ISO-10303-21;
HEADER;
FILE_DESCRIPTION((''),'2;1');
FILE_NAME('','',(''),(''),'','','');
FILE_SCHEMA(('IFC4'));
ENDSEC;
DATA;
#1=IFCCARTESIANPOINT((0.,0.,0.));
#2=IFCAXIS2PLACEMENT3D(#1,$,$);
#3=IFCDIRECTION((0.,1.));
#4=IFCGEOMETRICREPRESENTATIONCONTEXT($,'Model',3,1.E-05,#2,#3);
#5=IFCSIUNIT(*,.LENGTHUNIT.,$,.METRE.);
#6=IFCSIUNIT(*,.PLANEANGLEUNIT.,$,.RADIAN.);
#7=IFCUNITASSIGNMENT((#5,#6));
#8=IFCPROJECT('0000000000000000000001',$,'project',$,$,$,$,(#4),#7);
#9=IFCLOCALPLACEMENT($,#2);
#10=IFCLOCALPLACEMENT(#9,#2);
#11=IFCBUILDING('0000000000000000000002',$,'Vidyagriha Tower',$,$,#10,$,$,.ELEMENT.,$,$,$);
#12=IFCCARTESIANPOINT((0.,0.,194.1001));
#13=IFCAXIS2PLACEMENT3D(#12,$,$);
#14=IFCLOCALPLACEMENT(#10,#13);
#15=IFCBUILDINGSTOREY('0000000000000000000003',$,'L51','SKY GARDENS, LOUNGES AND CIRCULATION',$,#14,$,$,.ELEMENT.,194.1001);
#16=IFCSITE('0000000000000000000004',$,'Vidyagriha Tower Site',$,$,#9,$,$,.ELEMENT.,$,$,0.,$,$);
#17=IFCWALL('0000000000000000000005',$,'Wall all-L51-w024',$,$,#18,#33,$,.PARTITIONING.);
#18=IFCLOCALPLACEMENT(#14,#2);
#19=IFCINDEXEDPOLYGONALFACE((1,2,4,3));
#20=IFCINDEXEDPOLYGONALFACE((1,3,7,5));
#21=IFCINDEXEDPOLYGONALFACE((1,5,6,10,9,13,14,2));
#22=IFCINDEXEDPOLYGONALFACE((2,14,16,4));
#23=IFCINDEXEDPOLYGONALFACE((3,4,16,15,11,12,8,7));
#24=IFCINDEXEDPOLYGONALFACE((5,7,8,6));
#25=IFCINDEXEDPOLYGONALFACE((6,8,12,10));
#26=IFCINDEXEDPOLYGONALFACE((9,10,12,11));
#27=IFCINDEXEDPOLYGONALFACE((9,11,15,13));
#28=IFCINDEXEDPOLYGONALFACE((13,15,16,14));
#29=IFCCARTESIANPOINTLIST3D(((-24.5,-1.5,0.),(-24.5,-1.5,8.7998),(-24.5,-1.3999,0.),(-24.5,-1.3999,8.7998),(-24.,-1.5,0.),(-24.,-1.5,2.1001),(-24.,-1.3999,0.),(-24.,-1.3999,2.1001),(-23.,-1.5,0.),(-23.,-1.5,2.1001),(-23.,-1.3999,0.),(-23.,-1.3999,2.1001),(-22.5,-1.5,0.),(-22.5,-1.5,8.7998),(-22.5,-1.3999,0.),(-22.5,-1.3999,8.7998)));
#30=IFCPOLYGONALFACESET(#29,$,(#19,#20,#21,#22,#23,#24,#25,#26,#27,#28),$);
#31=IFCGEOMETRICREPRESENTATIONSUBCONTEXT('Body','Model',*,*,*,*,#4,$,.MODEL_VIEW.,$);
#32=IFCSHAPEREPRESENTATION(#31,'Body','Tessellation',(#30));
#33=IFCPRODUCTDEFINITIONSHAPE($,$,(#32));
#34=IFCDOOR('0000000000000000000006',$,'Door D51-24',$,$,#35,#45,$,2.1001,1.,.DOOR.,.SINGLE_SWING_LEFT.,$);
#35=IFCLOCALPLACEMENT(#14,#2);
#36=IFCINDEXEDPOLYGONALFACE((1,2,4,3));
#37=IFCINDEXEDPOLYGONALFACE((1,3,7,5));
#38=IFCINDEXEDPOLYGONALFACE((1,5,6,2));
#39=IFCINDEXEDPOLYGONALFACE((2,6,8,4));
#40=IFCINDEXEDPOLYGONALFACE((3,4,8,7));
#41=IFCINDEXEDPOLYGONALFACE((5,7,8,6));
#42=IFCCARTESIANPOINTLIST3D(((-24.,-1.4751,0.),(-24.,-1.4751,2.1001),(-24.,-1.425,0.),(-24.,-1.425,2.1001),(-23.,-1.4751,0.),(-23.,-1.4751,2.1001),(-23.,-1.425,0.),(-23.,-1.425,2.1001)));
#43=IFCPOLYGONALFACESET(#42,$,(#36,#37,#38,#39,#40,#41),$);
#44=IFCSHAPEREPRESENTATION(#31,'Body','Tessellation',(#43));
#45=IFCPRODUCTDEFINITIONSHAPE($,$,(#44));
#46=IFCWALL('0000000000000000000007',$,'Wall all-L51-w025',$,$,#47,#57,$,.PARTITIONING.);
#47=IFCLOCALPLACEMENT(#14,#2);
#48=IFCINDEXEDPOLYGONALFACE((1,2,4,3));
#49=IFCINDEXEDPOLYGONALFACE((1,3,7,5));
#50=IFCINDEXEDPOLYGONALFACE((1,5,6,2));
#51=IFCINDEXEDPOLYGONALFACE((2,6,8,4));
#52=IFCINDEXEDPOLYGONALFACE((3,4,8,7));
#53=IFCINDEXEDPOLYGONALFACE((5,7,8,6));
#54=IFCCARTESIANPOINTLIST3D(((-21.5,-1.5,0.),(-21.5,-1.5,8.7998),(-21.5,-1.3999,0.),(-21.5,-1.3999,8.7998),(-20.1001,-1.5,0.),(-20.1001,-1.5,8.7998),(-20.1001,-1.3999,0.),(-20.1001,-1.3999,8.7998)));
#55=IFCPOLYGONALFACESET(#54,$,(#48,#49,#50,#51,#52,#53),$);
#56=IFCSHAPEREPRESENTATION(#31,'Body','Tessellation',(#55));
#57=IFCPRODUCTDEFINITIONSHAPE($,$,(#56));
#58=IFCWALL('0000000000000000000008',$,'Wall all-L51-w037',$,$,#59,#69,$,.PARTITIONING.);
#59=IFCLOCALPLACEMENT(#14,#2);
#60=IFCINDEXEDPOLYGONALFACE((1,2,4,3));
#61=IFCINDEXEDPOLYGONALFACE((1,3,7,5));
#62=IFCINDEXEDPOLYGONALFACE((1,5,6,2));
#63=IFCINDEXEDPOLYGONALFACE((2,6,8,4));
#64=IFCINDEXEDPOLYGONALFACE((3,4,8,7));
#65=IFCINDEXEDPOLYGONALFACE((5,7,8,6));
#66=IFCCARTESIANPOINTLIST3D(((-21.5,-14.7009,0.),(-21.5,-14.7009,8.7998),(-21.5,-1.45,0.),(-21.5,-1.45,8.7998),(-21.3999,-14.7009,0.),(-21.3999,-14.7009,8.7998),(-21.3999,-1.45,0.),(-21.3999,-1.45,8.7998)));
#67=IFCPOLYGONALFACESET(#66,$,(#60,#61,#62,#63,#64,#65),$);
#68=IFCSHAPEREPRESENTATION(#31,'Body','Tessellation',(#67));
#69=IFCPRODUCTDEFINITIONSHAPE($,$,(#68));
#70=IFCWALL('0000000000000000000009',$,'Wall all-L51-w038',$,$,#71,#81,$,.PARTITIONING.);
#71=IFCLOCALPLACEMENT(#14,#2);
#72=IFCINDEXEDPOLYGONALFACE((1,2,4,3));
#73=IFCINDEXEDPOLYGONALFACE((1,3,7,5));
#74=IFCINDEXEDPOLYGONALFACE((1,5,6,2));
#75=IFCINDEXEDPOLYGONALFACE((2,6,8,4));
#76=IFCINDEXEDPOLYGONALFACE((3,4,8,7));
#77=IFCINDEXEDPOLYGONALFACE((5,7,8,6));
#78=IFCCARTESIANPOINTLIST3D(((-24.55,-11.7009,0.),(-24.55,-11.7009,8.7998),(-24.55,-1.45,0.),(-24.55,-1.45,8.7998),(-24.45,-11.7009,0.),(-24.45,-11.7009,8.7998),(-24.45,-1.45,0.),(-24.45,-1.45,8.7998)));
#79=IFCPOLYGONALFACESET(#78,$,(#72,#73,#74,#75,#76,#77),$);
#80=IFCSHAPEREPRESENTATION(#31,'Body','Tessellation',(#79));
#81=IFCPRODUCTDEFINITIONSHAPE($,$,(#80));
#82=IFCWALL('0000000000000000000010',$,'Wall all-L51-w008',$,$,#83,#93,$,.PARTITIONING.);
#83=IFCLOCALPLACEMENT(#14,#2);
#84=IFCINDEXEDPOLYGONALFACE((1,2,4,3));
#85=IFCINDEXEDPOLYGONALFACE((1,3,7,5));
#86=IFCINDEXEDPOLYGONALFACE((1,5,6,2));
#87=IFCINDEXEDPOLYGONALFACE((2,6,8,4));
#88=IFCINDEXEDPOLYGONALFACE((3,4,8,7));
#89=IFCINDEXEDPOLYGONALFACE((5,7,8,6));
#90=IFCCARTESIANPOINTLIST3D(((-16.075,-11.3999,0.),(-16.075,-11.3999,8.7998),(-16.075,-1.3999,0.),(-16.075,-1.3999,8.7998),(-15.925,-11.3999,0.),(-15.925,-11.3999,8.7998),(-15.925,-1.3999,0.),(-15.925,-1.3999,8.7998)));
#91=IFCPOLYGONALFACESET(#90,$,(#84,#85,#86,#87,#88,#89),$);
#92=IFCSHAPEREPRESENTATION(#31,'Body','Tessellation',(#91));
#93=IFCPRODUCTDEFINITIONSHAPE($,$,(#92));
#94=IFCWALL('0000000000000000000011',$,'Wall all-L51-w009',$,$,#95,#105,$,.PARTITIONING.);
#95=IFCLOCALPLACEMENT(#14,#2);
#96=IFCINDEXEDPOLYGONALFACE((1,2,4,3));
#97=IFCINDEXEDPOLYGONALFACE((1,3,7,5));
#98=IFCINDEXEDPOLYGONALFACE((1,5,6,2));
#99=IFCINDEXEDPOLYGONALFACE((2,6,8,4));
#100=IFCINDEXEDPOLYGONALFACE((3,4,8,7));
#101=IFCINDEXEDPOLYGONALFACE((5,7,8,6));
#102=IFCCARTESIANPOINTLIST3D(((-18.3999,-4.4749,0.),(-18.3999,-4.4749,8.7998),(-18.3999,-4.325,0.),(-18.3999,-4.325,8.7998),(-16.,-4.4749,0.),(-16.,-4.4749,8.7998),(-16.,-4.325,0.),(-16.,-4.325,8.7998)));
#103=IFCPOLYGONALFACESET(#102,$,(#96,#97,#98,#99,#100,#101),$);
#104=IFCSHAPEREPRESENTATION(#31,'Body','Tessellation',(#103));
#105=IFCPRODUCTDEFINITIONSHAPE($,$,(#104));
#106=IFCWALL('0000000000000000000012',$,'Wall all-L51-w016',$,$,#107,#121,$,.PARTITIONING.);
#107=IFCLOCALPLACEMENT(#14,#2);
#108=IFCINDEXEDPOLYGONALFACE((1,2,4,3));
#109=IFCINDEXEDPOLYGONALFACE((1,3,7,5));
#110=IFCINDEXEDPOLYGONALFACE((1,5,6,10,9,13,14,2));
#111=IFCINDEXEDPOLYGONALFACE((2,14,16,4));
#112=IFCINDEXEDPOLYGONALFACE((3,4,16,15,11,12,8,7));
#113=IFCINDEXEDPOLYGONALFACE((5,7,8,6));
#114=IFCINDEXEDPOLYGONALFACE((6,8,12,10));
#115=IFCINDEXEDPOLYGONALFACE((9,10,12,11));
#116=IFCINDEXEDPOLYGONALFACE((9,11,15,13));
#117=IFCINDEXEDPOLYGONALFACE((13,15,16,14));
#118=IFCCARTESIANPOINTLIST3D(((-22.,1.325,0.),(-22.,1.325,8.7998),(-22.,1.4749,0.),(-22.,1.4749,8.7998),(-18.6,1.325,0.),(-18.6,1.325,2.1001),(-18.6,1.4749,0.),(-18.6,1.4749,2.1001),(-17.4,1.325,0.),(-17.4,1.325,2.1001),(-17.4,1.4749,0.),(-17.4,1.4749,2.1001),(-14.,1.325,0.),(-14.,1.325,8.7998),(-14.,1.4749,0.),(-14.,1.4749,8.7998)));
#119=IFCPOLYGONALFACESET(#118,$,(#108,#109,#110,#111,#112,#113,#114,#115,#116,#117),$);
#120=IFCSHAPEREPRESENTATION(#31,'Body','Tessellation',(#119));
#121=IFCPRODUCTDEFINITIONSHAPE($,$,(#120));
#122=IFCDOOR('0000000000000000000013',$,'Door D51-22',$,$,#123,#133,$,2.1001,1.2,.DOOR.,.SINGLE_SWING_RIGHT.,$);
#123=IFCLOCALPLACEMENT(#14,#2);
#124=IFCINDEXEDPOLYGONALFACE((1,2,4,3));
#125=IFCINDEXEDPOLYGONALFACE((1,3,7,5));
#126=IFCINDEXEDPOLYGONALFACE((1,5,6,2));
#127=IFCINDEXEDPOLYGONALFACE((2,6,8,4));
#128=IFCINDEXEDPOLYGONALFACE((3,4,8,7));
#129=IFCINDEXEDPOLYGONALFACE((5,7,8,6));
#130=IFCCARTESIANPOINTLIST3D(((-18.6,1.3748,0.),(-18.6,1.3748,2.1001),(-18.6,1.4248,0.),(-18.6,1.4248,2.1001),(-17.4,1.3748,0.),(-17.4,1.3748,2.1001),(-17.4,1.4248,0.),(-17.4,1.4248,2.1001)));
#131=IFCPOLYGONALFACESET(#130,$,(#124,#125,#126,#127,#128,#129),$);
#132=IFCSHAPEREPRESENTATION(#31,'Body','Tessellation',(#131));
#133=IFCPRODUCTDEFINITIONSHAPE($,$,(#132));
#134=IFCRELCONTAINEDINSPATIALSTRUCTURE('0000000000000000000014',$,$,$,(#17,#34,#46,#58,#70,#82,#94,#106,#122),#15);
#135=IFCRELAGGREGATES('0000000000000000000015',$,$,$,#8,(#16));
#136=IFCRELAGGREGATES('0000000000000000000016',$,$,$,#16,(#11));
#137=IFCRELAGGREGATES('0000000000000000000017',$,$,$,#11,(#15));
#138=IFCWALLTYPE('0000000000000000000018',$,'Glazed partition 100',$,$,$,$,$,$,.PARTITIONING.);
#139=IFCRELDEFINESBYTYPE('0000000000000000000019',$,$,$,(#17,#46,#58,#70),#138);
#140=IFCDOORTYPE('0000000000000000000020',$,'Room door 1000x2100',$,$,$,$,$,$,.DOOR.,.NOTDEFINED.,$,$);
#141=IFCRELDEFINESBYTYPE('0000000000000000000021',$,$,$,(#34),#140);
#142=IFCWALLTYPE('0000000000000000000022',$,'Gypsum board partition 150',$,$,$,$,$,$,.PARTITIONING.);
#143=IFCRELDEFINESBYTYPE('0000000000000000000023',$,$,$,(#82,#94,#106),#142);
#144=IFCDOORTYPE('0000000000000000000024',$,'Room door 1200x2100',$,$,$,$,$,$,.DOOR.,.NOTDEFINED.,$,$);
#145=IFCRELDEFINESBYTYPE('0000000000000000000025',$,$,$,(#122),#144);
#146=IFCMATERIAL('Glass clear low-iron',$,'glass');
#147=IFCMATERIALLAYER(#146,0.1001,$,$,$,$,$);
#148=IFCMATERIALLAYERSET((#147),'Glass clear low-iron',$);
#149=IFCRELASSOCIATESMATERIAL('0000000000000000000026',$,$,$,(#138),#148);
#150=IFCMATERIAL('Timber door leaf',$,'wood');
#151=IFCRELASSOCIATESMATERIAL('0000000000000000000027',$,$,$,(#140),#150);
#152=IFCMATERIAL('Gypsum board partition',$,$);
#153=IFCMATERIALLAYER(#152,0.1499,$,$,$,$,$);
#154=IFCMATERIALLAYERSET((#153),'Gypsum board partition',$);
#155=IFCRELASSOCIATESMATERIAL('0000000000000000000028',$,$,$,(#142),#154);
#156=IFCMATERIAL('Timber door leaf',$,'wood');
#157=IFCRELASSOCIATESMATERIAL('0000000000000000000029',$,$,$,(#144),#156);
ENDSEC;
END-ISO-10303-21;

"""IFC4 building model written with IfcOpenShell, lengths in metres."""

from ifc_helpers import new_model, si_unit, direction, frame, frame_2d, origin, place, context, subcontext, project, spatial, rectangle, extrude, material, layer, layer_set, type_object, element, fill, save


model = new_model("IFC4")

# Units and contexts
model_context = context("Model", 3, precision=1e-05, world=origin(), true_north=direction((0.0, 1.0)))
body_context = subcontext(model_context, "Body", "Model", "MODEL_VIEW")
ifc_project = project(units=[si_unit("LENGTHUNIT", "METRE"), si_unit("PLANEANGLEUNIT", "RADIAN")], contexts=[model_context])

# Site, building, storey
site_placement = place(None, origin())
site = spatial("IfcSite", under=ifc_project, at=site_placement, Name="Vidyagriha Tower Site", CompositionType="ELEMENT", RefElevation=0.0)
building_placement = place(site_placement, origin())
building = spatial("IfcBuilding", under=site, at=building_placement, Name="Vidyagriha Tower", CompositionType="ELEMENT")
storey_placement = place(building_placement, frame((0.0, 0.0, 194.1001)))
storey = spatial("IfcBuildingStorey", under=building, at=storey_placement, Name="L51", Description="SKY GARDENS, LOUNGES AND CIRCULATION", CompositionType="ELEMENT", Elevation=194.1001)

# Wall, opening, door
ifc_material_1 = material(Name="Glass clear low-iron", Category="glass")
ifc_layer_1 = layer(ifc_material_1, 0.1001)
ifc_layer_set_1 = layer_set([ifc_layer_1], Name="Glass clear low-iron")
wall_type_1 = type_object("IfcWallType", Name="Glazed partition 100", PredefinedType="PARTITIONING", material=ifc_layer_set_1)
wall_1_placement = place(storey_placement, frame((-24.5, -1.45, 0.0)))
wall_1 = element("IfcWall", 1, at=wall_1_placement, inside=storey, type_object=wall_type_1, Name="Wall all-L51-w024", PredefinedType="PARTITIONING", context=body_context, shape_type="SweptSolid", body=[
    extrude(rectangle(XDim=2.0, YDim=0.1001, at=frame_2d((1.0, 0.0))), origin(), (0.0, 0.0, 1.0), 8.7998),
])
opening_1_placement = place(wall_1_placement, frame((0.5, 0.0, 0.0)))
opening_1 = element("IfcOpeningElement", 2, at=opening_1_placement, cuts=wall_1, PredefinedType="OPENING", context=body_context, shape_type="SweptSolid", body=[
    extrude(rectangle(XDim=1.0, YDim=2.1001, at=frame_2d((0.5, 1.05))), frame((0.0, 0.0601, 0.0), z_axis=(0.0, -1.0, 0.0), x_axis=(1.0, 0.0, 0.0)), (0.0, 0.0, 1.0), 0.1201),
])
ifc_material_2 = material(Name="Timber door leaf", Category="wood")
door_type_1 = type_object("IfcDoorType", Name="Room door 1000x2100", OperationType="NOTDEFINED", PredefinedType="DOOR", material=ifc_material_2)
door_1_placement = place(opening_1_placement, origin())
door_1 = element("IfcDoor", 3, at=door_1_placement, inside=storey, type_object=door_type_1, Name="Door D51-24", OperationType="SINGLE_SWING_LEFT", OverallHeight=2.1001, OverallWidth=1.0, PredefinedType="DOOR", context=body_context, shape_type="SweptSolid", body=[
    extrude(rectangle(XDim=1.0, YDim=2.1001, at=frame_2d((0.5, 1.05))), frame((0.0, 0.0249, 0.0), z_axis=(0.0, -1.0, 0.0), x_axis=(1.0, 0.0, 0.0)), (0.0, 0.0, 1.0), 0.05),
])
fill(opening_1, door_1)

# Walls
wall_2_placement = place(storey_placement, frame((-21.5, -1.45, 0.0)))
element("IfcWall", 4, at=wall_2_placement, inside=storey, type_object=wall_type_1, Name="Wall all-L51-w025", PredefinedType="PARTITIONING", context=body_context, shape_type="SweptSolid", body=[
    extrude(rectangle(XDim=1.3999, YDim=0.1001, at=frame_2d((0.7, 0.0))), origin(), (0.0, 0.0, 1.0), 8.7998),
])
wall_3_placement = place(storey_placement, frame((-21.45, -1.45, 0.0), z_axis=(0.0, 0.0, 1.0), x_axis=(0.0, -1.0, 0.0)))
element("IfcWall", 5, at=wall_3_placement, inside=storey, type_object=wall_type_1, Name="Wall all-L51-w037", PredefinedType="PARTITIONING", context=body_context, shape_type="SweptSolid", body=[
    extrude(rectangle(XDim=13.251, YDim=0.1001, at=frame_2d((6.6255, 0.0))), origin(), (0.0, 0.0, 1.0), 8.7998),
])
wall_4_placement = place(storey_placement, frame((-24.5, -1.45, 0.0), z_axis=(0.0, 0.0, 1.0), x_axis=(0.0, -1.0, 0.0)))
element("IfcWall", 6, at=wall_4_placement, inside=storey, type_object=wall_type_1, Name="Wall all-L51-w038", PredefinedType="PARTITIONING", context=body_context, shape_type="SweptSolid", body=[
    extrude(rectangle(XDim=10.251, YDim=0.1001, at=frame_2d((5.1255, 0.0))), origin(), (0.0, 0.0, 1.0), 8.7998),
])
ifc_material_3 = material(Name="Gypsum board partition")
ifc_layer_2 = layer(ifc_material_3, 0.1499)
ifc_layer_set_2 = layer_set([ifc_layer_2], Name="Gypsum board partition")
wall_type_2 = type_object("IfcWallType", Name="Gypsum board partition 150", PredefinedType="PARTITIONING", material=ifc_layer_set_2)
wall_5_placement = place(storey_placement, frame((-16.0, -1.3999, 0.0), z_axis=(0.0, 0.0, 1.0), x_axis=(0.0, -1.0, 0.0)))
element("IfcWall", 7, at=wall_5_placement, inside=storey, type_object=wall_type_2, Name="Wall all-L51-w008", PredefinedType="PARTITIONING", context=body_context, shape_type="SweptSolid", body=[
    extrude(rectangle(XDim=10.0, YDim=0.1499, at=frame_2d((5.0, 0.0))), origin(), (0.0, 0.0, 1.0), 8.7998),
])
wall_6_placement = place(storey_placement, frame((-18.3999, -4.3999, 0.0)))
element("IfcWall", 8, at=wall_6_placement, inside=storey, type_object=wall_type_2, Name="Wall all-L51-w009", PredefinedType="PARTITIONING", context=body_context, shape_type="SweptSolid", body=[
    extrude(rectangle(XDim=2.3999, YDim=0.1499, at=frame_2d((1.2, 0.0))), origin(), (0.0, 0.0, 1.0), 8.7998),
])

# Wall, opening, door
wall_7_placement = place(storey_placement, frame((-22.0, 1.3999, 0.0)))
wall_7 = element("IfcWall", 9, at=wall_7_placement, inside=storey, type_object=wall_type_2, Name="Wall all-L51-w016", PredefinedType="PARTITIONING", context=body_context, shape_type="SweptSolid", body=[
    extrude(rectangle(XDim=8.0, YDim=0.1499, at=frame_2d((4.0, 0.0))), origin(), (0.0, 0.0, 1.0), 8.7998),
])
opening_2_placement = place(wall_7_placement, frame((3.3999, 0.0, 0.0)))
opening_2 = element("IfcOpeningElement", 10, at=opening_2_placement, cuts=wall_7, PredefinedType="OPENING", context=body_context, shape_type="SweptSolid", body=[
    extrude(rectangle(XDim=1.2, YDim=2.1001, at=frame_2d((0.6001, 1.05))), frame((0.0, 0.085, 0.0), z_axis=(0.0, -1.0, 0.0), x_axis=(1.0, 0.0, 0.0)), (0.0, 0.0, 1.0), 0.1699),
])
ifc_material_4 = material(Name="Timber door leaf", Category="wood")
door_type_2 = type_object("IfcDoorType", Name="Room door 1200x2100", OperationType="NOTDEFINED", PredefinedType="DOOR", material=ifc_material_4)
door_2_placement = place(opening_2_placement, origin())
door_2 = element("IfcDoor", 11, at=door_2_placement, inside=storey, type_object=door_type_2, Name="Door D51-22", OperationType="SINGLE_SWING_RIGHT", OverallHeight=2.1001, OverallWidth=1.2, PredefinedType="DOOR", context=body_context, shape_type="SweptSolid", body=[
    extrude(rectangle(XDim=1.2, YDim=2.1001, at=frame_2d((0.6001, 1.05))), frame((0.0, 0.0249, 0.0), z_axis=(0.0, -1.0, 0.0), x_axis=(1.0, 0.0, 0.0)), (0.0, 0.0, 1.0), 0.05),
])
fill(opening_2, door_2)

save(model, "model.ifc")
